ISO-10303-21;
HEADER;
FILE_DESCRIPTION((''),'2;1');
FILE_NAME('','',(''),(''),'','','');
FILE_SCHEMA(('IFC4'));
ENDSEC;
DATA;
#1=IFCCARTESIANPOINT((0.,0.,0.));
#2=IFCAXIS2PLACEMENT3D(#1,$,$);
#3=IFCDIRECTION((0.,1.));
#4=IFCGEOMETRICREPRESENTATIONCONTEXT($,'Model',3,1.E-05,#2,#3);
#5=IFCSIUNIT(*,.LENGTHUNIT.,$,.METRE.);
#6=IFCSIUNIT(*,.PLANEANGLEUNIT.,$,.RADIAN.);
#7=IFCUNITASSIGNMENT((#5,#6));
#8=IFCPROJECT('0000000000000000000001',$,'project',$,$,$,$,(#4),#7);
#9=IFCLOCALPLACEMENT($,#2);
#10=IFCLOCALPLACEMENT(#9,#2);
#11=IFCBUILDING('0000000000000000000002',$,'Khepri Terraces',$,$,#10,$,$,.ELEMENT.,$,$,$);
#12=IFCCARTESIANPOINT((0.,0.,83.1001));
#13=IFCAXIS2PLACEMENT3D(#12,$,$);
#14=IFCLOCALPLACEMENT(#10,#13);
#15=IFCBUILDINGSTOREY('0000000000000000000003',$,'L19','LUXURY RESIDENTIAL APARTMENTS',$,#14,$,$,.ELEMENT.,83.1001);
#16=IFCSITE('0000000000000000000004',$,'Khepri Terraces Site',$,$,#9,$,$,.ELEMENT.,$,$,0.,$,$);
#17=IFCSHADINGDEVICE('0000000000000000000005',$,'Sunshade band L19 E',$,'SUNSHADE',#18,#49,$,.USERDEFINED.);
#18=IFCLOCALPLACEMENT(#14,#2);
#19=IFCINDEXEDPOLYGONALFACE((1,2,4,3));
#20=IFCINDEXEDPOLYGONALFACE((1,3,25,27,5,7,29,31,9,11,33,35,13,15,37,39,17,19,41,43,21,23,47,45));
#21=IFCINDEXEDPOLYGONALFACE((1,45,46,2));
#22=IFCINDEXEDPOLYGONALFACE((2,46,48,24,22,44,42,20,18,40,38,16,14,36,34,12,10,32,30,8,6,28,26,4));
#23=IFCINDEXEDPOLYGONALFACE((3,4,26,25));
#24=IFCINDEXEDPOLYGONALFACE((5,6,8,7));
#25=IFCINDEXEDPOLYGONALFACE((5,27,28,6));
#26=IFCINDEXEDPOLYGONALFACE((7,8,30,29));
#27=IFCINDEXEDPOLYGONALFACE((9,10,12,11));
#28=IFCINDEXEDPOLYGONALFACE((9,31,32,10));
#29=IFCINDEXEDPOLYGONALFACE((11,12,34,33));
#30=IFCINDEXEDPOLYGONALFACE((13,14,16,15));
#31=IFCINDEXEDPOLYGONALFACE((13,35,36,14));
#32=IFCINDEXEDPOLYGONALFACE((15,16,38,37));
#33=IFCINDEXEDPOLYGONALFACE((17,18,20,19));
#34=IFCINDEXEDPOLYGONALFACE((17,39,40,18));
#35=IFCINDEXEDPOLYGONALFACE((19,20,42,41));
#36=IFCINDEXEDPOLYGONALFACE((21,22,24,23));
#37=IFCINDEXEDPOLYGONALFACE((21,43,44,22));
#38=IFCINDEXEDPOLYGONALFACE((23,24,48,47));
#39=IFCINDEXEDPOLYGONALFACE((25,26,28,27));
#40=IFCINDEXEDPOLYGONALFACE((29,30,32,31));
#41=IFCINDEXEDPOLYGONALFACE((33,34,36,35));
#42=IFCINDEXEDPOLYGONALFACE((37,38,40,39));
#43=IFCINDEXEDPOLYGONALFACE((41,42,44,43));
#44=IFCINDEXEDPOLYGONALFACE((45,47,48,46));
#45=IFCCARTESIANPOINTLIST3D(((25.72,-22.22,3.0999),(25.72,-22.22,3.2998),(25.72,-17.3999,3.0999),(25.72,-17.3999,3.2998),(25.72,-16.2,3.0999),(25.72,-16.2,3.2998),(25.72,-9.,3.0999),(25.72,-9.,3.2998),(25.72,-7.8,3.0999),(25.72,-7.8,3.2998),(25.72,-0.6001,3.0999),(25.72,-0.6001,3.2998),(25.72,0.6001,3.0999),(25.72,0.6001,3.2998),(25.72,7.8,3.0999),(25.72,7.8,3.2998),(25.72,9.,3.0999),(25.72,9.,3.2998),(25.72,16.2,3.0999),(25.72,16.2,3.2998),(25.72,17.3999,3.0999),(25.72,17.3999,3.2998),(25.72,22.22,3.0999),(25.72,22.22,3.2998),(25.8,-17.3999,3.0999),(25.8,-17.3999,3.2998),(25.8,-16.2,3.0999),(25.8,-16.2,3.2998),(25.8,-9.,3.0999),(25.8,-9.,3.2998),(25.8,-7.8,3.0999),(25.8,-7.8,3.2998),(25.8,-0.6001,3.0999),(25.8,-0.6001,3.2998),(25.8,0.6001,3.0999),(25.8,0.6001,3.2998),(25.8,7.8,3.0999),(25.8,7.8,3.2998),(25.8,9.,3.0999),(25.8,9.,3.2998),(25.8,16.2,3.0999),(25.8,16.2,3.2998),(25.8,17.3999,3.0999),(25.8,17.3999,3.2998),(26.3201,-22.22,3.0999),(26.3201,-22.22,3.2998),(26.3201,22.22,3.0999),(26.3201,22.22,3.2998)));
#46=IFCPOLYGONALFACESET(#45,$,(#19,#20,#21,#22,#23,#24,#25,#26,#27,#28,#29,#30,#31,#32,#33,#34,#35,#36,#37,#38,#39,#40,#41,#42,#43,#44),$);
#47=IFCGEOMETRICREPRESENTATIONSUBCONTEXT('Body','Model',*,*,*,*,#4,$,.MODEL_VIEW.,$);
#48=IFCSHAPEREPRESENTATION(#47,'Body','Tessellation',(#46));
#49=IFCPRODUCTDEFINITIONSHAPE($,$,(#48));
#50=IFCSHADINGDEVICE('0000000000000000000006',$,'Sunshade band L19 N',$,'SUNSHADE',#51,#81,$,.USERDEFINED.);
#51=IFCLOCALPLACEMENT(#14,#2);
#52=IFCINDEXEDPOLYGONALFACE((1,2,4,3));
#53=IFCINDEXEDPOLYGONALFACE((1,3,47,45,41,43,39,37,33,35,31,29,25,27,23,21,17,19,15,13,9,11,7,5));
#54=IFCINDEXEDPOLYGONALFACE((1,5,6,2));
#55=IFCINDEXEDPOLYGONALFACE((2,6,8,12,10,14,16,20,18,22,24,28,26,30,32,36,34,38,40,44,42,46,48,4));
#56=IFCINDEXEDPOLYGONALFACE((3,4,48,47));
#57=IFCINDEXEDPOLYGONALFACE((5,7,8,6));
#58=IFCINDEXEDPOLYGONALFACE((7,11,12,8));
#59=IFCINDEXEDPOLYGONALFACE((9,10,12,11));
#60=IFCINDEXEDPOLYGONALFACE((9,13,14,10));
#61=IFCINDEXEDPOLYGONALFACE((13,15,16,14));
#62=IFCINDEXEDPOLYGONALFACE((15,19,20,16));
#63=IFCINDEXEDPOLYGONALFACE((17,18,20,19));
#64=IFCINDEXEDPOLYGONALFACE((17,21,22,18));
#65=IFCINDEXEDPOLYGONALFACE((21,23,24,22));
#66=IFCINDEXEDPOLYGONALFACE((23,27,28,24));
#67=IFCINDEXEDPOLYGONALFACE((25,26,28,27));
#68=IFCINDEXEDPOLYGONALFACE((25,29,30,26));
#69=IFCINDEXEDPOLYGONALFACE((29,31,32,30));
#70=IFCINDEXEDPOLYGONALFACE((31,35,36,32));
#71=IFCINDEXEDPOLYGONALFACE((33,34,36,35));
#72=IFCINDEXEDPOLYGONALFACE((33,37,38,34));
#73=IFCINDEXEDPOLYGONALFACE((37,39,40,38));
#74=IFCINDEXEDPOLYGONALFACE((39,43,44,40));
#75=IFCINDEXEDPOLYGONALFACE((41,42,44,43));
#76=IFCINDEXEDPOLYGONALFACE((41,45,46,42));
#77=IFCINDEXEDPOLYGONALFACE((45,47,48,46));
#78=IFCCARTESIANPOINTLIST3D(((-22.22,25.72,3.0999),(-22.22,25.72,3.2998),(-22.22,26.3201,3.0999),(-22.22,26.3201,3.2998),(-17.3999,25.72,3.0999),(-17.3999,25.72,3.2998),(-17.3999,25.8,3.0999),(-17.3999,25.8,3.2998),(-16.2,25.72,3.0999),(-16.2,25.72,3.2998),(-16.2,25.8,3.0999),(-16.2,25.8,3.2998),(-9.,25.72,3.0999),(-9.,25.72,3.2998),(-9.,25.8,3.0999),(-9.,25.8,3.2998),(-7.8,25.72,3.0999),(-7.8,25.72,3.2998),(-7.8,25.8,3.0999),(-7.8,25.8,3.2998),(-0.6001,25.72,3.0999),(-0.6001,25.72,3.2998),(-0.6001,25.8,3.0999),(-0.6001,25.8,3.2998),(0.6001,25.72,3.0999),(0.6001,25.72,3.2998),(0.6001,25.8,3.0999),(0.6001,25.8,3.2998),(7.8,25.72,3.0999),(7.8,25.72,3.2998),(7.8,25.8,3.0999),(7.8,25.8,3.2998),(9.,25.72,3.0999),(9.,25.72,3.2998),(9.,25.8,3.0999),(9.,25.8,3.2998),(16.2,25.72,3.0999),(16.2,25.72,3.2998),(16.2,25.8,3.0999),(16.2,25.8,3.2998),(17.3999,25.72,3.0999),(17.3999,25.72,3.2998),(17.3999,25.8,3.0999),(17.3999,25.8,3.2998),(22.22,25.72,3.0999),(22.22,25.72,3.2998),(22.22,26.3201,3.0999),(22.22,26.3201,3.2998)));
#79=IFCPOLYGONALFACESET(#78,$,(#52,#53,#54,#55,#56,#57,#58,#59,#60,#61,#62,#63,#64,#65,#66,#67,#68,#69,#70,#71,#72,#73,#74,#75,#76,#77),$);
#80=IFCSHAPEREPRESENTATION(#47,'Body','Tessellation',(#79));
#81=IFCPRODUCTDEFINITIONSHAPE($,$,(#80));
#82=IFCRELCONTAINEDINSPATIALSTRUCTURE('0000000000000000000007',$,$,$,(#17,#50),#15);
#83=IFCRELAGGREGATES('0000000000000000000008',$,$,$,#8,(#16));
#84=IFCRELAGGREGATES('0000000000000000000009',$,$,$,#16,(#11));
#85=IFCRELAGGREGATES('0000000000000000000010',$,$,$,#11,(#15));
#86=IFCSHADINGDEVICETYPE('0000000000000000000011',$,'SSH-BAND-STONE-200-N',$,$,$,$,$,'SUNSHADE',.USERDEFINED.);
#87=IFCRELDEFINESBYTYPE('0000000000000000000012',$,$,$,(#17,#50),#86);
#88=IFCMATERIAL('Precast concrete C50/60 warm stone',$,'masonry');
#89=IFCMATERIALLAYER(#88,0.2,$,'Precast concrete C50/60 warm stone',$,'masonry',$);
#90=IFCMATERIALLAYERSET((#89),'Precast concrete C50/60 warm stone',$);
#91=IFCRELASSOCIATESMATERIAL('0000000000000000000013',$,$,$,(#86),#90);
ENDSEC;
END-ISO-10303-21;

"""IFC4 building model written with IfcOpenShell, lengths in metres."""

from ifc_helpers import new_model, si_unit, direction, frame, origin, place, context, subcontext, project, spatial, polyline, outline, extrude, material, layer, layer_set, type_object, element, save


model = new_model("IFC4")

# Units and contexts
model_context = context("Model", 3, precision=1e-05, world=origin(), true_north=direction((0.0, 1.0)))
body_context = subcontext(model_context, "Body", "Model", "MODEL_VIEW")
ifc_project = project(units=[si_unit("LENGTHUNIT", "METRE"), si_unit("PLANEANGLEUNIT", "RADIAN")], contexts=[model_context])

# Site, building, storey
site_placement = place(None, origin())
site = spatial("IfcSite", under=ifc_project, at=site_placement, Name="Khepri Terraces Site", CompositionType="ELEMENT", RefElevation=0.0)
building_placement = place(site_placement, origin())
building = spatial("IfcBuilding", under=site, at=building_placement, Name="Khepri Terraces", CompositionType="ELEMENT")
storey_placement = place(building_placement, frame((0.0, 0.0, 83.1001)))
storey = spatial("IfcBuildingStorey", under=building, at=storey_placement, Name="L19", Description="LUXURY RESIDENTIAL APARTMENTS", CompositionType="ELEMENT", Elevation=83.1001)

# Shared definitions
ifc_material_1 = material(Name="Precast concrete C50/60 warm stone", Category="masonry")

# Shading devices
ifc_layer_1 = layer(ifc_material_1, 0.2, Name="Precast concrete C50/60 warm stone", Category="masonry")
ifc_layer_set_1 = layer_set([ifc_layer_1], Name="Precast concrete C50/60 warm stone")
shading_device_type_1 = type_object("IfcShadingDeviceType", Name="SSH-BAND-STONE-200-N", ElementType="SUNSHADE", PredefinedType="USERDEFINED", material=ifc_layer_set_1)
shading_device_1_placement = place(storey_placement, frame((0.0, 0.0, 3.0999)))
element("IfcShadingDevice", 1, at=shading_device_1_placement, inside=storey, type_object=shading_device_type_1, Name="Sunshade band L19 E", ObjectType="SUNSHADE", PredefinedType="USERDEFINED", context=body_context, shape_type="SweptSolid", body=[
    extrude(outline(polyline([(25.72, -17.3999), (25.72, -22.22), (26.3201, -22.22), (26.3201, 22.22), (25.72, 22.22), (25.72, 17.3999), (25.8, 17.3999), (25.8, 16.2), (25.72, 16.2), (25.72, 9.0), (25.8, 9.0), (25.8, 7.8), (25.72, 7.8), (25.72, 0.6001), (25.8, 0.6001), (25.8, -0.6001), (25.72, -0.6001), (25.72, -7.8), (25.8, -7.8), (25.8, -9.0), (25.72, -9.0), (25.72, -16.2), (25.8, -16.2), (25.8, -17.3999), (25.72, -17.3999)])), origin(), (0.0, 0.0, 1.0), 0.2),
])
shading_device_2_placement = place(storey_placement, frame((0.0, 0.0, 3.0999)))
element("IfcShadingDevice", 2, at=shading_device_2_placement, inside=storey, type_object=shading_device_type_1, Name="Sunshade band L19 N", ObjectType="SUNSHADE", PredefinedType="USERDEFINED", context=body_context, shape_type="SweptSolid", body=[
    extrude(outline(polyline([(17.3999, 25.72), (22.22, 25.72), (22.22, 26.3201), (-22.22, 26.3201), (-22.22, 25.72), (-17.3999, 25.72), (-17.3999, 25.8), (-16.2, 25.8), (-16.2, 25.72), (-9.0, 25.72), (-9.0, 25.8), (-7.8, 25.8), (-7.8, 25.72), (-0.6001, 25.72), (-0.6001, 25.8), (0.6001, 25.8), (0.6001, 25.72), (7.8, 25.72), (7.8, 25.8), (9.0, 25.8), (9.0, 25.72), (16.2, 25.72), (16.2, 25.8), (17.3999, 25.8), (17.3999, 25.72)])), origin(), (0.0, 0.0, 1.0), 0.2),
])

save(model, "model.ifc")
